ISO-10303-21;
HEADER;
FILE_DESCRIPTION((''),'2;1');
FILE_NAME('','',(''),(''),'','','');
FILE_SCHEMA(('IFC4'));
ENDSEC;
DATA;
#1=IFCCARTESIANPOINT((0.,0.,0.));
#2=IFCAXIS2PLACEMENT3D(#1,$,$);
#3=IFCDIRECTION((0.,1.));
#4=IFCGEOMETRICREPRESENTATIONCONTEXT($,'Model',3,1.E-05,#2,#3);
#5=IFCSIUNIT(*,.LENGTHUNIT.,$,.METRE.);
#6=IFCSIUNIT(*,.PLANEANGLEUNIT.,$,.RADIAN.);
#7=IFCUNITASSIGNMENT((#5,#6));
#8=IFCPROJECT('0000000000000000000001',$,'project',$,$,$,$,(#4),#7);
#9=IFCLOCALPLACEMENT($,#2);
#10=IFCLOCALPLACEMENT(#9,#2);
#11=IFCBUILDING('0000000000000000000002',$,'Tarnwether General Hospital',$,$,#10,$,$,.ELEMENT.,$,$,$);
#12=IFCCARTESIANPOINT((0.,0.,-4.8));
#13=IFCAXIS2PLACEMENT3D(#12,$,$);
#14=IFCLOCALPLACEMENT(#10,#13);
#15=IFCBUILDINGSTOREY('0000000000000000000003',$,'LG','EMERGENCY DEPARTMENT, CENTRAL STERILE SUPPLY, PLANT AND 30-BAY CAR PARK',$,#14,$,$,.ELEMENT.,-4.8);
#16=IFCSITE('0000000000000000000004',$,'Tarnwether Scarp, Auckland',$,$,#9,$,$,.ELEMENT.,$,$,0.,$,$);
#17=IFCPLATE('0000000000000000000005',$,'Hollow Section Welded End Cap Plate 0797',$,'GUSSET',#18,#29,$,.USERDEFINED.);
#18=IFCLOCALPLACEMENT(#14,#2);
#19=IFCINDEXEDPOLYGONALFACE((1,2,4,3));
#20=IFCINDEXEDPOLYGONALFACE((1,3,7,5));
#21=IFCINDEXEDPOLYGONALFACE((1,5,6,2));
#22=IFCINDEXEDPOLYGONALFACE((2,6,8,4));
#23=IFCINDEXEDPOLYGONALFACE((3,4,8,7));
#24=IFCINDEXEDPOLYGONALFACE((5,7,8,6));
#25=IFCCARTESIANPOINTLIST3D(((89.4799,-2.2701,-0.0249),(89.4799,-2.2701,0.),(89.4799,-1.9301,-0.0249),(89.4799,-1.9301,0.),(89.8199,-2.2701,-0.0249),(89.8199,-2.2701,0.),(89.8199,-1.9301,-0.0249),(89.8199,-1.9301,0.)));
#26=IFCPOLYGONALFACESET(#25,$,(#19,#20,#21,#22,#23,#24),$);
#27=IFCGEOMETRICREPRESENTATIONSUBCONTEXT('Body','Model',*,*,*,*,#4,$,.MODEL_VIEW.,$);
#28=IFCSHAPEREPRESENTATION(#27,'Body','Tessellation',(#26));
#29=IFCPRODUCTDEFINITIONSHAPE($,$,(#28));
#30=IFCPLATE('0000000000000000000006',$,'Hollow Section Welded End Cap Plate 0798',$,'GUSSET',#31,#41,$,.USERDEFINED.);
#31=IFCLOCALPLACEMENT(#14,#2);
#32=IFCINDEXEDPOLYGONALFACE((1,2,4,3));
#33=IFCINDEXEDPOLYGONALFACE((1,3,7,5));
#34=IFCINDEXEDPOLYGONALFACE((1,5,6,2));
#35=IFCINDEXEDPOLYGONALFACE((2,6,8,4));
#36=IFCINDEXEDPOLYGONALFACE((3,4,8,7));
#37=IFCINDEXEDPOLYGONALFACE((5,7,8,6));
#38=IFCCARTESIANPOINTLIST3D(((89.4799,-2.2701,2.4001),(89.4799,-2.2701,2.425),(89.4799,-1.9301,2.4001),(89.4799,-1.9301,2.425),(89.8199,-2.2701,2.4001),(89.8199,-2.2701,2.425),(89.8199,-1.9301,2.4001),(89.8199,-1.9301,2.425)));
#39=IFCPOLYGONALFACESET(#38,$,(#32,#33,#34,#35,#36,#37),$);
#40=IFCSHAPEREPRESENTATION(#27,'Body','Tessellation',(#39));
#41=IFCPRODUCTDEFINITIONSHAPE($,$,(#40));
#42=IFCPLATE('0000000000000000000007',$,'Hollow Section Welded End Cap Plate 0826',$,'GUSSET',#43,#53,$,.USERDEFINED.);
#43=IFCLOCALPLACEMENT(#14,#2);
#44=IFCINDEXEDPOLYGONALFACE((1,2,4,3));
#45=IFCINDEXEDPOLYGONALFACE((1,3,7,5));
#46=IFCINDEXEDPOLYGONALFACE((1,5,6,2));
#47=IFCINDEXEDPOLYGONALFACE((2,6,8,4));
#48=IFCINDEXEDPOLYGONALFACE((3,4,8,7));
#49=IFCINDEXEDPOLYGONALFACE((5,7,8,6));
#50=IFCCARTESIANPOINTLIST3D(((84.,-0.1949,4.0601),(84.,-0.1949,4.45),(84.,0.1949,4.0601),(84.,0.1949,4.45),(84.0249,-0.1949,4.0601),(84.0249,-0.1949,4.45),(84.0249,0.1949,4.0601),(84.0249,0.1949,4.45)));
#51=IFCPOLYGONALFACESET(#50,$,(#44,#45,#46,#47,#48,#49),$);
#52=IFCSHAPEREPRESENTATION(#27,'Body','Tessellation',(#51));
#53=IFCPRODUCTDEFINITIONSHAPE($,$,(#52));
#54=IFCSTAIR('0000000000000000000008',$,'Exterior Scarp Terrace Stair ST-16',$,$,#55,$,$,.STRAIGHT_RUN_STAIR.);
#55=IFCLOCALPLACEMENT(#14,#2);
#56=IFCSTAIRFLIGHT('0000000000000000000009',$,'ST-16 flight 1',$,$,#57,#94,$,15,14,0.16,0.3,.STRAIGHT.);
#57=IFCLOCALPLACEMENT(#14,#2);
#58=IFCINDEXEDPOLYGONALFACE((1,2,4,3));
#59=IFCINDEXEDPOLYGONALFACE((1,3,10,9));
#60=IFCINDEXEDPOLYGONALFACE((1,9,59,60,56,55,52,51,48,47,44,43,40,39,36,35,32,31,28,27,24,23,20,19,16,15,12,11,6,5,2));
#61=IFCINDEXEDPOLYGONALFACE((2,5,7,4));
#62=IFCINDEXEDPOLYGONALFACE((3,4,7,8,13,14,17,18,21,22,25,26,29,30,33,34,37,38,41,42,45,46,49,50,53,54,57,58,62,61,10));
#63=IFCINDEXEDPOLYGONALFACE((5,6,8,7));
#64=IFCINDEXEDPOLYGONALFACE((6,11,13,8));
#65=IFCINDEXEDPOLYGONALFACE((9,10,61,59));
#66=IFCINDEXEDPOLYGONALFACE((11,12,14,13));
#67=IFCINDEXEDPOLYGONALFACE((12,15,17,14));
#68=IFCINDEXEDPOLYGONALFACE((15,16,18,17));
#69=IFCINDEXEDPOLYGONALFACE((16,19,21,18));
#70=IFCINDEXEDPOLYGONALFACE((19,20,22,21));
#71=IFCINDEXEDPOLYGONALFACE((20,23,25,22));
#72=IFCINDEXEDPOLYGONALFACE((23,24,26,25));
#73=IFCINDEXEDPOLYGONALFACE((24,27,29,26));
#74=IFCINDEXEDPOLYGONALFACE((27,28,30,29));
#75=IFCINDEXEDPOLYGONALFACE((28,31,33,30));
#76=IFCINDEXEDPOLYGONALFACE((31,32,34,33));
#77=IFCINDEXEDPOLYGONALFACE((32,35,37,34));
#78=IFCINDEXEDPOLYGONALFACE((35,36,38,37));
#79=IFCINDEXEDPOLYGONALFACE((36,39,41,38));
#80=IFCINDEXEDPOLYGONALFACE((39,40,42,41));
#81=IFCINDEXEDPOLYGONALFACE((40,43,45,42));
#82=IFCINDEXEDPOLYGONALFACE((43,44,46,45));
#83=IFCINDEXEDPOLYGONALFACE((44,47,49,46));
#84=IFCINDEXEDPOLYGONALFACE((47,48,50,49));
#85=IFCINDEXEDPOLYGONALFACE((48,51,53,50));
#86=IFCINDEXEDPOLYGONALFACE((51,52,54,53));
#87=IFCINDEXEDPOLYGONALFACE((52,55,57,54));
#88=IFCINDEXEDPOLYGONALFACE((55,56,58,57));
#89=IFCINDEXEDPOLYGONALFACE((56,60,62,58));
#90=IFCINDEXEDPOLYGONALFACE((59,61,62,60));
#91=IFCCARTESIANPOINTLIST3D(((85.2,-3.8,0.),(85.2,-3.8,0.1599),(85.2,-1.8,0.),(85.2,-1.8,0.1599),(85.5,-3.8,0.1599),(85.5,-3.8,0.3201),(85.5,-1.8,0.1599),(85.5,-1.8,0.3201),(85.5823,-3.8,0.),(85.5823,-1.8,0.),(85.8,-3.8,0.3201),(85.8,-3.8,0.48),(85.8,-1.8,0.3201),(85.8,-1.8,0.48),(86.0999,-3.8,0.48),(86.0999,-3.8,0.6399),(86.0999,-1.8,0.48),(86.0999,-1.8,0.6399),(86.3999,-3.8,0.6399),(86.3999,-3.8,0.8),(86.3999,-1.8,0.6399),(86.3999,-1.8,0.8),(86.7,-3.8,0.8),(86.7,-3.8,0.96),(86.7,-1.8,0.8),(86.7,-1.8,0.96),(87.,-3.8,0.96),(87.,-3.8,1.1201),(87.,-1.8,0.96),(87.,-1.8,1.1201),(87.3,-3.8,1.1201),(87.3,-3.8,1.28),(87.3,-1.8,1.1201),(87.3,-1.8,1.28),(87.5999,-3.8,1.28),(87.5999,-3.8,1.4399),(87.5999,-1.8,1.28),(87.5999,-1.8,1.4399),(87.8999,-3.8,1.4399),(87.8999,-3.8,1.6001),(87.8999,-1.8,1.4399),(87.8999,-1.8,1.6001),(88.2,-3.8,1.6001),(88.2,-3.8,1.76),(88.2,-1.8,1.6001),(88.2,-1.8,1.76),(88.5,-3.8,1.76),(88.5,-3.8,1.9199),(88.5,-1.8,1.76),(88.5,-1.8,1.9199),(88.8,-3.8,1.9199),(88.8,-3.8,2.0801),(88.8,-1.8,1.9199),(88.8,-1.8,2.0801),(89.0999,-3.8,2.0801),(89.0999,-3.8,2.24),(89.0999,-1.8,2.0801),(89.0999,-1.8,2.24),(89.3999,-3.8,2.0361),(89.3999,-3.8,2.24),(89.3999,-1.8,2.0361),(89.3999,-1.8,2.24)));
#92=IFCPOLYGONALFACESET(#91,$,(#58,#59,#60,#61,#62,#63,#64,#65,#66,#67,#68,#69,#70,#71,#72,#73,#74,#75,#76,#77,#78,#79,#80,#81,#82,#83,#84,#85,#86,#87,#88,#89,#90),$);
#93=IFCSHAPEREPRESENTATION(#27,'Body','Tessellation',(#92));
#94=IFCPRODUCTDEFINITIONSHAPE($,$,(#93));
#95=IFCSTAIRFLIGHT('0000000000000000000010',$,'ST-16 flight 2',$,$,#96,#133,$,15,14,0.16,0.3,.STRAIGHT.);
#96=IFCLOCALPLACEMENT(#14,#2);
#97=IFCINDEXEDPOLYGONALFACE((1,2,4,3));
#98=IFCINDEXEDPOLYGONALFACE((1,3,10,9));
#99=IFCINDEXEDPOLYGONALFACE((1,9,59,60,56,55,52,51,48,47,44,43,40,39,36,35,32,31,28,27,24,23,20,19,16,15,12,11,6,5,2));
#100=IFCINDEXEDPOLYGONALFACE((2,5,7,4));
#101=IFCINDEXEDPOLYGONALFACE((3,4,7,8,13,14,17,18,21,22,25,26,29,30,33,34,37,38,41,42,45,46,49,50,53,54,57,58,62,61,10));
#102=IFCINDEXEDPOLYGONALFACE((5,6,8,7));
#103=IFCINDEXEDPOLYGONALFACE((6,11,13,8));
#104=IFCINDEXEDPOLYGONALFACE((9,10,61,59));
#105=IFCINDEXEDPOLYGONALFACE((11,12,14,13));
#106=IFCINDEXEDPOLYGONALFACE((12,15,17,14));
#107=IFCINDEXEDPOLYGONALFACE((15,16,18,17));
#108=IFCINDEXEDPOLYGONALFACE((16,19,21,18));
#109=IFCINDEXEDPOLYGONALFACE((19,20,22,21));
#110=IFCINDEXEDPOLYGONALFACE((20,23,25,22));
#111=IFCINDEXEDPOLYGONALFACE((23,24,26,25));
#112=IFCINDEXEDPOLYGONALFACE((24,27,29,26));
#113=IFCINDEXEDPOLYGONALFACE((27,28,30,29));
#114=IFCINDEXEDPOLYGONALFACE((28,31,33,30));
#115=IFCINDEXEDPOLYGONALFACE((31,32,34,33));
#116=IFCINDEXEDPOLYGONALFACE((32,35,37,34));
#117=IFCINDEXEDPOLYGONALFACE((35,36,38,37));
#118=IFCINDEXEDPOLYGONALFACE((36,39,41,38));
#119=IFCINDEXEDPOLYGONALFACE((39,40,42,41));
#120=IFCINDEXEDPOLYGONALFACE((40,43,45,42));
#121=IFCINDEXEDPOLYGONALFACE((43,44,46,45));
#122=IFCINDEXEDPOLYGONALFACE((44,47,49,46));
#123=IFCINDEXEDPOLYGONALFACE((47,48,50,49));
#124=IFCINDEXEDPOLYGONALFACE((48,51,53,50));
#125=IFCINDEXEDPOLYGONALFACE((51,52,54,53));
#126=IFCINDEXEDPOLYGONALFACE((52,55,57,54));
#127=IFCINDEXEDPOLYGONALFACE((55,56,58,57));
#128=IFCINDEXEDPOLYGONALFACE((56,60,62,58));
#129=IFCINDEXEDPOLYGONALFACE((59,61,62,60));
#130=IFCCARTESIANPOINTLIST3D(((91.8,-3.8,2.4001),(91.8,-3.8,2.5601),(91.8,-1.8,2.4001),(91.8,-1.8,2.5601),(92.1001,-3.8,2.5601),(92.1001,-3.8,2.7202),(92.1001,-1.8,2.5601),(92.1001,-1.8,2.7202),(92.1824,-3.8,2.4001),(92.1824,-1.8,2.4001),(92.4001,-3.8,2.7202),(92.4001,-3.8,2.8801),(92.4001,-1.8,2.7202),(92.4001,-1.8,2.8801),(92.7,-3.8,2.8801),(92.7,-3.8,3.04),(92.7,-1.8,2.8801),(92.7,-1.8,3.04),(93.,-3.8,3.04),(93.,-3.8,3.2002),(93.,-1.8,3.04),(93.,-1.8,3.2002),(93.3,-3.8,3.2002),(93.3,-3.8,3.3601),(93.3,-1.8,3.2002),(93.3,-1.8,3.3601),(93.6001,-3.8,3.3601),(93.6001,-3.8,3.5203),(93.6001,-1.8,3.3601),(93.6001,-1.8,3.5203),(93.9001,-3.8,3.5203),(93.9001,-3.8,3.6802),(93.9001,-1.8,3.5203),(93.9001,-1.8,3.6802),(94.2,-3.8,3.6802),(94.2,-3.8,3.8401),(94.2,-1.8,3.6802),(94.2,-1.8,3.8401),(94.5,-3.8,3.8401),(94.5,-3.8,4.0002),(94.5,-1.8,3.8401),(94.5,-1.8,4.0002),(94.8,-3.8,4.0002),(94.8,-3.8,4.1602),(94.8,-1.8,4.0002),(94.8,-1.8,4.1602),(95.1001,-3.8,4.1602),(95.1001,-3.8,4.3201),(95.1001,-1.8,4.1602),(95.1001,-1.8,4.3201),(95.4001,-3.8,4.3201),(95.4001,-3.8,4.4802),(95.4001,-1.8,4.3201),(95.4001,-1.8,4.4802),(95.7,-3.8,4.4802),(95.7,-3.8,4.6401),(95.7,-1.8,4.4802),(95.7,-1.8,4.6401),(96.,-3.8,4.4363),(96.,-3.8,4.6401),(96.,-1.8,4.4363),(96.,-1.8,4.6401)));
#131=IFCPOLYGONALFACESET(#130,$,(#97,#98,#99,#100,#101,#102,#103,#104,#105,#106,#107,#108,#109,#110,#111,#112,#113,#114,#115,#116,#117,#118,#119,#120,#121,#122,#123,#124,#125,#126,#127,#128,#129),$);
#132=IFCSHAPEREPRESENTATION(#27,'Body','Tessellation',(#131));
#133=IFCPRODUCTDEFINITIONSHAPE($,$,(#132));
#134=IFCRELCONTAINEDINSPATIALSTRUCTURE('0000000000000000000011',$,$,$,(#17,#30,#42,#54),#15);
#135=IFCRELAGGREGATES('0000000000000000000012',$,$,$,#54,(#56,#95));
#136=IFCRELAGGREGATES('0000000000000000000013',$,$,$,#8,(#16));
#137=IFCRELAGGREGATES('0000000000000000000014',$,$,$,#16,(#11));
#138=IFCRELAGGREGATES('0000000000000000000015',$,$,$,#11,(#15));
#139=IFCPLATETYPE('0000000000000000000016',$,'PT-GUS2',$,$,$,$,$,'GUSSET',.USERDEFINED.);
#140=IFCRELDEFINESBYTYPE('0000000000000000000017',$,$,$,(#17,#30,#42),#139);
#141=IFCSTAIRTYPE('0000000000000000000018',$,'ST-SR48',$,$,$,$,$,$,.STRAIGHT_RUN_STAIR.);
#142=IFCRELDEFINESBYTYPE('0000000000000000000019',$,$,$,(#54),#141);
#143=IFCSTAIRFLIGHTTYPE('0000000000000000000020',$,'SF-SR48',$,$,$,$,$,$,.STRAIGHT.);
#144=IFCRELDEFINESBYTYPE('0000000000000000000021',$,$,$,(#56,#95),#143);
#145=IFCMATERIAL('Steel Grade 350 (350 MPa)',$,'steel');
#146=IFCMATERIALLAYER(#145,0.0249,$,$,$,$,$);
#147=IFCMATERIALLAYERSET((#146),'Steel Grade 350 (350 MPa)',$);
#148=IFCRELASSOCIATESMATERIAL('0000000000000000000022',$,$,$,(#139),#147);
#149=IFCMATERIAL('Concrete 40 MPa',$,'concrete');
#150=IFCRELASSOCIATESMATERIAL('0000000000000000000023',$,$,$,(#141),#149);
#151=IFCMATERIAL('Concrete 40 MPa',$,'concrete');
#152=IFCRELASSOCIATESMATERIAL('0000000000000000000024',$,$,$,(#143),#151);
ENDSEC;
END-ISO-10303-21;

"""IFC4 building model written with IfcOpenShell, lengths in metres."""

from ifc_helpers import new_model, si_unit, direction, frame, origin, origin_2d, place, context, subcontext, project, spatial, polyline, rectangle, outline, extrude, material, layer, layer_set, type_object, element, aggregate, save


model = new_model("IFC4")

# Units and contexts
model_context = context("Model", 3, precision=1e-05, world=origin(), true_north=direction((0.0, 1.0)))
body_context = subcontext(model_context, "Body", "Model", "MODEL_VIEW")
ifc_project = project(units=[si_unit("LENGTHUNIT", "METRE"), si_unit("PLANEANGLEUNIT", "RADIAN")], contexts=[model_context])

# Site, building, storey
site_placement = place(None, origin())
site = spatial("IfcSite", under=ifc_project, at=site_placement, Name="Tarnwether Scarp, Auckland", CompositionType="ELEMENT", RefElevation=0.0)
building_placement = place(site_placement, origin())
building = spatial("IfcBuilding", under=site, at=building_placement, Name="Tarnwether General Hospital", CompositionType="ELEMENT")
storey_placement = place(building_placement, frame((0.0, 0.0, -4.8)))
storey = spatial("IfcBuildingStorey", under=building, at=storey_placement, Name="LG", Description="EMERGENCY DEPARTMENT, CENTRAL STERILE SUPPLY, PLANT AND 30-BAY CAR PARK", CompositionType="ELEMENT", Elevation=-4.8)

# Plates
ifc_material_1 = material(Name="Steel Grade 350 (350 MPa)", Category="steel")
ifc_layer = layer(ifc_material_1, 0.0249)
ifc_layer_set = layer_set([ifc_layer], Name="Steel Grade 350 (350 MPa)")
plate_type = type_object("IfcPlateType", Name="PT-GUS2", ElementType="GUSSET", PredefinedType="USERDEFINED", material=ifc_layer_set)
for number, where, z_axis, x_axis, name in (
    (1, (89.6499, -2.1001, -0.0249), (0.0, 0.0, 1.0), (1.0, 0.0, 0.0), "Hollow Section Welded End Cap Plate 0797"),
    (2, (89.6499, -2.1001, 2.4001), (0.0, 0.0, 1.0), (1.0, 0.0, 0.0), "Hollow Section Welded End Cap Plate 0798"),
):
    element("IfcPlate", number, at=place(storey_placement, frame(where, z_axis=z_axis, x_axis=x_axis)), inside=storey, type_object=plate_type, Name=name, ObjectType="GUSSET", PredefinedType="USERDEFINED", context=body_context, shape_type="SweptSolid", body=[
        extrude(rectangle(XDim=0.3401, YDim=0.3401, at=origin_2d()), origin(), (0.0, 0.0, 1.0), 0.0249),
    ])
plate_placement = place(storey_placement, frame((84.0125, 0.0, 4.0601), z_axis=(0.0, 0.0, 1.0), x_axis=(1.0, 0.0, 0.0)))
element("IfcPlate", 3, at=plate_placement, inside=storey, type_object=plate_type, Name="Hollow Section Welded End Cap Plate 0826", ObjectType="GUSSET", PredefinedType="USERDEFINED", context=body_context, shape_type="SweptSolid", body=[
    extrude(rectangle(XDim=0.0249, YDim=0.3899, at=origin_2d()), origin(), (0.0, 0.0, 1.0), 0.3899),
])

# Stair, stair flights
ifc_material_2 = material(Name="Concrete 40 MPa", Category="concrete")
stair_type = type_object("IfcStairType", Name="ST-SR48", PredefinedType="STRAIGHT_RUN_STAIR", material=ifc_material_2)
stair_placement = place(storey_placement, origin())
stair = element("IfcStair", 4, at=stair_placement, inside=storey, type_object=stair_type, Name="Exterior Scarp Terrace Stair ST-16", PredefinedType="STRAIGHT_RUN_STAIR")
ifc_material_3 = material(Name="Concrete 40 MPa", Category="concrete")
stair_flight_type = type_object("IfcStairFlightType", Name="SF-SR48", PredefinedType="STRAIGHT", material=ifc_material_3)
stair_flight_1_placement = place(storey_placement, frame((85.2, -2.8, 0.0), z_axis=(0.0, 0.0, 1.0), x_axis=(1.0, 0.0, 0.0)))
stair_flight_1 = element("IfcStairFlight", 5, at=stair_flight_1_placement, type_object=stair_flight_type, Name="ST-16 flight 1", NumberOfRisers=15, NumberOfTreads=14, PredefinedType="STRAIGHT", RiserHeight=0.16, TreadLength=0.3, context=body_context, shape_type="SweptSolid", body=[
    extrude(outline(polyline([(0.0, 0.0), (0.0, 0.1599), (0.3, 0.1599), (0.3, 0.3201), (0.6001, 0.3201), (0.6001, 0.48), (0.8999, 0.48), (0.8999, 0.6399), (1.2, 0.6399), (1.2, 0.8), (1.5, 0.8), (1.5, 0.96), (1.8, 0.96), (1.8, 1.1201), (2.1001, 1.1201), (2.1001, 1.28), (2.3999, 1.28), (2.3999, 1.4399), (2.7, 1.4399), (2.7, 1.6001), (3.0, 1.6001), (3.0, 1.76), (3.3, 1.76), (3.3, 1.9199), (3.6001, 1.9199), (3.6001, 2.0801), (3.8999, 2.0801), (3.8999, 2.24), (4.2, 2.24), (4.2, 2.3999), (4.2, 2.0361), (0.3823, 0.0), (0.0, 0.0)])), frame((0.0, 1.0, 0.0), z_axis=(0.0, -1.0, 0.0), x_axis=(1.0, 0.0, 0.0)), (0.0, 0.0, 1.0), 2.0),
])
stair_flight_2_placement = place(storey_placement, frame((91.8, -2.8, 2.4001), z_axis=(0.0, 0.0, 1.0), x_axis=(1.0, 0.0, 0.0)))
stair_flight_2 = element("IfcStairFlight", 6, at=stair_flight_2_placement, type_object=stair_flight_type, Name="ST-16 flight 2", NumberOfRisers=15, NumberOfTreads=14, PredefinedType="STRAIGHT", RiserHeight=0.16, TreadLength=0.3, context=body_context, shape_type="SweptSolid", body=[
    extrude(outline(polyline([(0.0, 0.0), (0.0, 0.1599), (0.3, 0.1599), (0.3, 0.3201), (0.6001, 0.3201), (0.6001, 0.48), (0.8999, 0.48), (0.8999, 0.6399), (1.2, 0.6399), (1.2, 0.8), (1.5, 0.8), (1.5, 0.96), (1.8, 0.96), (1.8, 1.1201), (2.1001, 1.1201), (2.1001, 1.28), (2.3999, 1.28), (2.3999, 1.4399), (2.7, 1.4399), (2.7, 1.6001), (3.0, 1.6001), (3.0, 1.76), (3.3, 1.76), (3.3, 1.9199), (3.6001, 1.9199), (3.6001, 2.0801), (3.8999, 2.0801), (3.8999, 2.24), (4.2, 2.24), (4.2, 2.3999), (4.2, 2.0361), (0.3823, 0.0), (0.0, 0.0)])), frame((0.0, 1.0, 0.0), z_axis=(0.0, -1.0, 0.0), x_axis=(1.0, 0.0, 0.0)), (0.0, 0.0, 1.0), 2.0),
])
aggregate(stair, [stair_flight_1, stair_flight_2])

save(model, "model.ifc")
